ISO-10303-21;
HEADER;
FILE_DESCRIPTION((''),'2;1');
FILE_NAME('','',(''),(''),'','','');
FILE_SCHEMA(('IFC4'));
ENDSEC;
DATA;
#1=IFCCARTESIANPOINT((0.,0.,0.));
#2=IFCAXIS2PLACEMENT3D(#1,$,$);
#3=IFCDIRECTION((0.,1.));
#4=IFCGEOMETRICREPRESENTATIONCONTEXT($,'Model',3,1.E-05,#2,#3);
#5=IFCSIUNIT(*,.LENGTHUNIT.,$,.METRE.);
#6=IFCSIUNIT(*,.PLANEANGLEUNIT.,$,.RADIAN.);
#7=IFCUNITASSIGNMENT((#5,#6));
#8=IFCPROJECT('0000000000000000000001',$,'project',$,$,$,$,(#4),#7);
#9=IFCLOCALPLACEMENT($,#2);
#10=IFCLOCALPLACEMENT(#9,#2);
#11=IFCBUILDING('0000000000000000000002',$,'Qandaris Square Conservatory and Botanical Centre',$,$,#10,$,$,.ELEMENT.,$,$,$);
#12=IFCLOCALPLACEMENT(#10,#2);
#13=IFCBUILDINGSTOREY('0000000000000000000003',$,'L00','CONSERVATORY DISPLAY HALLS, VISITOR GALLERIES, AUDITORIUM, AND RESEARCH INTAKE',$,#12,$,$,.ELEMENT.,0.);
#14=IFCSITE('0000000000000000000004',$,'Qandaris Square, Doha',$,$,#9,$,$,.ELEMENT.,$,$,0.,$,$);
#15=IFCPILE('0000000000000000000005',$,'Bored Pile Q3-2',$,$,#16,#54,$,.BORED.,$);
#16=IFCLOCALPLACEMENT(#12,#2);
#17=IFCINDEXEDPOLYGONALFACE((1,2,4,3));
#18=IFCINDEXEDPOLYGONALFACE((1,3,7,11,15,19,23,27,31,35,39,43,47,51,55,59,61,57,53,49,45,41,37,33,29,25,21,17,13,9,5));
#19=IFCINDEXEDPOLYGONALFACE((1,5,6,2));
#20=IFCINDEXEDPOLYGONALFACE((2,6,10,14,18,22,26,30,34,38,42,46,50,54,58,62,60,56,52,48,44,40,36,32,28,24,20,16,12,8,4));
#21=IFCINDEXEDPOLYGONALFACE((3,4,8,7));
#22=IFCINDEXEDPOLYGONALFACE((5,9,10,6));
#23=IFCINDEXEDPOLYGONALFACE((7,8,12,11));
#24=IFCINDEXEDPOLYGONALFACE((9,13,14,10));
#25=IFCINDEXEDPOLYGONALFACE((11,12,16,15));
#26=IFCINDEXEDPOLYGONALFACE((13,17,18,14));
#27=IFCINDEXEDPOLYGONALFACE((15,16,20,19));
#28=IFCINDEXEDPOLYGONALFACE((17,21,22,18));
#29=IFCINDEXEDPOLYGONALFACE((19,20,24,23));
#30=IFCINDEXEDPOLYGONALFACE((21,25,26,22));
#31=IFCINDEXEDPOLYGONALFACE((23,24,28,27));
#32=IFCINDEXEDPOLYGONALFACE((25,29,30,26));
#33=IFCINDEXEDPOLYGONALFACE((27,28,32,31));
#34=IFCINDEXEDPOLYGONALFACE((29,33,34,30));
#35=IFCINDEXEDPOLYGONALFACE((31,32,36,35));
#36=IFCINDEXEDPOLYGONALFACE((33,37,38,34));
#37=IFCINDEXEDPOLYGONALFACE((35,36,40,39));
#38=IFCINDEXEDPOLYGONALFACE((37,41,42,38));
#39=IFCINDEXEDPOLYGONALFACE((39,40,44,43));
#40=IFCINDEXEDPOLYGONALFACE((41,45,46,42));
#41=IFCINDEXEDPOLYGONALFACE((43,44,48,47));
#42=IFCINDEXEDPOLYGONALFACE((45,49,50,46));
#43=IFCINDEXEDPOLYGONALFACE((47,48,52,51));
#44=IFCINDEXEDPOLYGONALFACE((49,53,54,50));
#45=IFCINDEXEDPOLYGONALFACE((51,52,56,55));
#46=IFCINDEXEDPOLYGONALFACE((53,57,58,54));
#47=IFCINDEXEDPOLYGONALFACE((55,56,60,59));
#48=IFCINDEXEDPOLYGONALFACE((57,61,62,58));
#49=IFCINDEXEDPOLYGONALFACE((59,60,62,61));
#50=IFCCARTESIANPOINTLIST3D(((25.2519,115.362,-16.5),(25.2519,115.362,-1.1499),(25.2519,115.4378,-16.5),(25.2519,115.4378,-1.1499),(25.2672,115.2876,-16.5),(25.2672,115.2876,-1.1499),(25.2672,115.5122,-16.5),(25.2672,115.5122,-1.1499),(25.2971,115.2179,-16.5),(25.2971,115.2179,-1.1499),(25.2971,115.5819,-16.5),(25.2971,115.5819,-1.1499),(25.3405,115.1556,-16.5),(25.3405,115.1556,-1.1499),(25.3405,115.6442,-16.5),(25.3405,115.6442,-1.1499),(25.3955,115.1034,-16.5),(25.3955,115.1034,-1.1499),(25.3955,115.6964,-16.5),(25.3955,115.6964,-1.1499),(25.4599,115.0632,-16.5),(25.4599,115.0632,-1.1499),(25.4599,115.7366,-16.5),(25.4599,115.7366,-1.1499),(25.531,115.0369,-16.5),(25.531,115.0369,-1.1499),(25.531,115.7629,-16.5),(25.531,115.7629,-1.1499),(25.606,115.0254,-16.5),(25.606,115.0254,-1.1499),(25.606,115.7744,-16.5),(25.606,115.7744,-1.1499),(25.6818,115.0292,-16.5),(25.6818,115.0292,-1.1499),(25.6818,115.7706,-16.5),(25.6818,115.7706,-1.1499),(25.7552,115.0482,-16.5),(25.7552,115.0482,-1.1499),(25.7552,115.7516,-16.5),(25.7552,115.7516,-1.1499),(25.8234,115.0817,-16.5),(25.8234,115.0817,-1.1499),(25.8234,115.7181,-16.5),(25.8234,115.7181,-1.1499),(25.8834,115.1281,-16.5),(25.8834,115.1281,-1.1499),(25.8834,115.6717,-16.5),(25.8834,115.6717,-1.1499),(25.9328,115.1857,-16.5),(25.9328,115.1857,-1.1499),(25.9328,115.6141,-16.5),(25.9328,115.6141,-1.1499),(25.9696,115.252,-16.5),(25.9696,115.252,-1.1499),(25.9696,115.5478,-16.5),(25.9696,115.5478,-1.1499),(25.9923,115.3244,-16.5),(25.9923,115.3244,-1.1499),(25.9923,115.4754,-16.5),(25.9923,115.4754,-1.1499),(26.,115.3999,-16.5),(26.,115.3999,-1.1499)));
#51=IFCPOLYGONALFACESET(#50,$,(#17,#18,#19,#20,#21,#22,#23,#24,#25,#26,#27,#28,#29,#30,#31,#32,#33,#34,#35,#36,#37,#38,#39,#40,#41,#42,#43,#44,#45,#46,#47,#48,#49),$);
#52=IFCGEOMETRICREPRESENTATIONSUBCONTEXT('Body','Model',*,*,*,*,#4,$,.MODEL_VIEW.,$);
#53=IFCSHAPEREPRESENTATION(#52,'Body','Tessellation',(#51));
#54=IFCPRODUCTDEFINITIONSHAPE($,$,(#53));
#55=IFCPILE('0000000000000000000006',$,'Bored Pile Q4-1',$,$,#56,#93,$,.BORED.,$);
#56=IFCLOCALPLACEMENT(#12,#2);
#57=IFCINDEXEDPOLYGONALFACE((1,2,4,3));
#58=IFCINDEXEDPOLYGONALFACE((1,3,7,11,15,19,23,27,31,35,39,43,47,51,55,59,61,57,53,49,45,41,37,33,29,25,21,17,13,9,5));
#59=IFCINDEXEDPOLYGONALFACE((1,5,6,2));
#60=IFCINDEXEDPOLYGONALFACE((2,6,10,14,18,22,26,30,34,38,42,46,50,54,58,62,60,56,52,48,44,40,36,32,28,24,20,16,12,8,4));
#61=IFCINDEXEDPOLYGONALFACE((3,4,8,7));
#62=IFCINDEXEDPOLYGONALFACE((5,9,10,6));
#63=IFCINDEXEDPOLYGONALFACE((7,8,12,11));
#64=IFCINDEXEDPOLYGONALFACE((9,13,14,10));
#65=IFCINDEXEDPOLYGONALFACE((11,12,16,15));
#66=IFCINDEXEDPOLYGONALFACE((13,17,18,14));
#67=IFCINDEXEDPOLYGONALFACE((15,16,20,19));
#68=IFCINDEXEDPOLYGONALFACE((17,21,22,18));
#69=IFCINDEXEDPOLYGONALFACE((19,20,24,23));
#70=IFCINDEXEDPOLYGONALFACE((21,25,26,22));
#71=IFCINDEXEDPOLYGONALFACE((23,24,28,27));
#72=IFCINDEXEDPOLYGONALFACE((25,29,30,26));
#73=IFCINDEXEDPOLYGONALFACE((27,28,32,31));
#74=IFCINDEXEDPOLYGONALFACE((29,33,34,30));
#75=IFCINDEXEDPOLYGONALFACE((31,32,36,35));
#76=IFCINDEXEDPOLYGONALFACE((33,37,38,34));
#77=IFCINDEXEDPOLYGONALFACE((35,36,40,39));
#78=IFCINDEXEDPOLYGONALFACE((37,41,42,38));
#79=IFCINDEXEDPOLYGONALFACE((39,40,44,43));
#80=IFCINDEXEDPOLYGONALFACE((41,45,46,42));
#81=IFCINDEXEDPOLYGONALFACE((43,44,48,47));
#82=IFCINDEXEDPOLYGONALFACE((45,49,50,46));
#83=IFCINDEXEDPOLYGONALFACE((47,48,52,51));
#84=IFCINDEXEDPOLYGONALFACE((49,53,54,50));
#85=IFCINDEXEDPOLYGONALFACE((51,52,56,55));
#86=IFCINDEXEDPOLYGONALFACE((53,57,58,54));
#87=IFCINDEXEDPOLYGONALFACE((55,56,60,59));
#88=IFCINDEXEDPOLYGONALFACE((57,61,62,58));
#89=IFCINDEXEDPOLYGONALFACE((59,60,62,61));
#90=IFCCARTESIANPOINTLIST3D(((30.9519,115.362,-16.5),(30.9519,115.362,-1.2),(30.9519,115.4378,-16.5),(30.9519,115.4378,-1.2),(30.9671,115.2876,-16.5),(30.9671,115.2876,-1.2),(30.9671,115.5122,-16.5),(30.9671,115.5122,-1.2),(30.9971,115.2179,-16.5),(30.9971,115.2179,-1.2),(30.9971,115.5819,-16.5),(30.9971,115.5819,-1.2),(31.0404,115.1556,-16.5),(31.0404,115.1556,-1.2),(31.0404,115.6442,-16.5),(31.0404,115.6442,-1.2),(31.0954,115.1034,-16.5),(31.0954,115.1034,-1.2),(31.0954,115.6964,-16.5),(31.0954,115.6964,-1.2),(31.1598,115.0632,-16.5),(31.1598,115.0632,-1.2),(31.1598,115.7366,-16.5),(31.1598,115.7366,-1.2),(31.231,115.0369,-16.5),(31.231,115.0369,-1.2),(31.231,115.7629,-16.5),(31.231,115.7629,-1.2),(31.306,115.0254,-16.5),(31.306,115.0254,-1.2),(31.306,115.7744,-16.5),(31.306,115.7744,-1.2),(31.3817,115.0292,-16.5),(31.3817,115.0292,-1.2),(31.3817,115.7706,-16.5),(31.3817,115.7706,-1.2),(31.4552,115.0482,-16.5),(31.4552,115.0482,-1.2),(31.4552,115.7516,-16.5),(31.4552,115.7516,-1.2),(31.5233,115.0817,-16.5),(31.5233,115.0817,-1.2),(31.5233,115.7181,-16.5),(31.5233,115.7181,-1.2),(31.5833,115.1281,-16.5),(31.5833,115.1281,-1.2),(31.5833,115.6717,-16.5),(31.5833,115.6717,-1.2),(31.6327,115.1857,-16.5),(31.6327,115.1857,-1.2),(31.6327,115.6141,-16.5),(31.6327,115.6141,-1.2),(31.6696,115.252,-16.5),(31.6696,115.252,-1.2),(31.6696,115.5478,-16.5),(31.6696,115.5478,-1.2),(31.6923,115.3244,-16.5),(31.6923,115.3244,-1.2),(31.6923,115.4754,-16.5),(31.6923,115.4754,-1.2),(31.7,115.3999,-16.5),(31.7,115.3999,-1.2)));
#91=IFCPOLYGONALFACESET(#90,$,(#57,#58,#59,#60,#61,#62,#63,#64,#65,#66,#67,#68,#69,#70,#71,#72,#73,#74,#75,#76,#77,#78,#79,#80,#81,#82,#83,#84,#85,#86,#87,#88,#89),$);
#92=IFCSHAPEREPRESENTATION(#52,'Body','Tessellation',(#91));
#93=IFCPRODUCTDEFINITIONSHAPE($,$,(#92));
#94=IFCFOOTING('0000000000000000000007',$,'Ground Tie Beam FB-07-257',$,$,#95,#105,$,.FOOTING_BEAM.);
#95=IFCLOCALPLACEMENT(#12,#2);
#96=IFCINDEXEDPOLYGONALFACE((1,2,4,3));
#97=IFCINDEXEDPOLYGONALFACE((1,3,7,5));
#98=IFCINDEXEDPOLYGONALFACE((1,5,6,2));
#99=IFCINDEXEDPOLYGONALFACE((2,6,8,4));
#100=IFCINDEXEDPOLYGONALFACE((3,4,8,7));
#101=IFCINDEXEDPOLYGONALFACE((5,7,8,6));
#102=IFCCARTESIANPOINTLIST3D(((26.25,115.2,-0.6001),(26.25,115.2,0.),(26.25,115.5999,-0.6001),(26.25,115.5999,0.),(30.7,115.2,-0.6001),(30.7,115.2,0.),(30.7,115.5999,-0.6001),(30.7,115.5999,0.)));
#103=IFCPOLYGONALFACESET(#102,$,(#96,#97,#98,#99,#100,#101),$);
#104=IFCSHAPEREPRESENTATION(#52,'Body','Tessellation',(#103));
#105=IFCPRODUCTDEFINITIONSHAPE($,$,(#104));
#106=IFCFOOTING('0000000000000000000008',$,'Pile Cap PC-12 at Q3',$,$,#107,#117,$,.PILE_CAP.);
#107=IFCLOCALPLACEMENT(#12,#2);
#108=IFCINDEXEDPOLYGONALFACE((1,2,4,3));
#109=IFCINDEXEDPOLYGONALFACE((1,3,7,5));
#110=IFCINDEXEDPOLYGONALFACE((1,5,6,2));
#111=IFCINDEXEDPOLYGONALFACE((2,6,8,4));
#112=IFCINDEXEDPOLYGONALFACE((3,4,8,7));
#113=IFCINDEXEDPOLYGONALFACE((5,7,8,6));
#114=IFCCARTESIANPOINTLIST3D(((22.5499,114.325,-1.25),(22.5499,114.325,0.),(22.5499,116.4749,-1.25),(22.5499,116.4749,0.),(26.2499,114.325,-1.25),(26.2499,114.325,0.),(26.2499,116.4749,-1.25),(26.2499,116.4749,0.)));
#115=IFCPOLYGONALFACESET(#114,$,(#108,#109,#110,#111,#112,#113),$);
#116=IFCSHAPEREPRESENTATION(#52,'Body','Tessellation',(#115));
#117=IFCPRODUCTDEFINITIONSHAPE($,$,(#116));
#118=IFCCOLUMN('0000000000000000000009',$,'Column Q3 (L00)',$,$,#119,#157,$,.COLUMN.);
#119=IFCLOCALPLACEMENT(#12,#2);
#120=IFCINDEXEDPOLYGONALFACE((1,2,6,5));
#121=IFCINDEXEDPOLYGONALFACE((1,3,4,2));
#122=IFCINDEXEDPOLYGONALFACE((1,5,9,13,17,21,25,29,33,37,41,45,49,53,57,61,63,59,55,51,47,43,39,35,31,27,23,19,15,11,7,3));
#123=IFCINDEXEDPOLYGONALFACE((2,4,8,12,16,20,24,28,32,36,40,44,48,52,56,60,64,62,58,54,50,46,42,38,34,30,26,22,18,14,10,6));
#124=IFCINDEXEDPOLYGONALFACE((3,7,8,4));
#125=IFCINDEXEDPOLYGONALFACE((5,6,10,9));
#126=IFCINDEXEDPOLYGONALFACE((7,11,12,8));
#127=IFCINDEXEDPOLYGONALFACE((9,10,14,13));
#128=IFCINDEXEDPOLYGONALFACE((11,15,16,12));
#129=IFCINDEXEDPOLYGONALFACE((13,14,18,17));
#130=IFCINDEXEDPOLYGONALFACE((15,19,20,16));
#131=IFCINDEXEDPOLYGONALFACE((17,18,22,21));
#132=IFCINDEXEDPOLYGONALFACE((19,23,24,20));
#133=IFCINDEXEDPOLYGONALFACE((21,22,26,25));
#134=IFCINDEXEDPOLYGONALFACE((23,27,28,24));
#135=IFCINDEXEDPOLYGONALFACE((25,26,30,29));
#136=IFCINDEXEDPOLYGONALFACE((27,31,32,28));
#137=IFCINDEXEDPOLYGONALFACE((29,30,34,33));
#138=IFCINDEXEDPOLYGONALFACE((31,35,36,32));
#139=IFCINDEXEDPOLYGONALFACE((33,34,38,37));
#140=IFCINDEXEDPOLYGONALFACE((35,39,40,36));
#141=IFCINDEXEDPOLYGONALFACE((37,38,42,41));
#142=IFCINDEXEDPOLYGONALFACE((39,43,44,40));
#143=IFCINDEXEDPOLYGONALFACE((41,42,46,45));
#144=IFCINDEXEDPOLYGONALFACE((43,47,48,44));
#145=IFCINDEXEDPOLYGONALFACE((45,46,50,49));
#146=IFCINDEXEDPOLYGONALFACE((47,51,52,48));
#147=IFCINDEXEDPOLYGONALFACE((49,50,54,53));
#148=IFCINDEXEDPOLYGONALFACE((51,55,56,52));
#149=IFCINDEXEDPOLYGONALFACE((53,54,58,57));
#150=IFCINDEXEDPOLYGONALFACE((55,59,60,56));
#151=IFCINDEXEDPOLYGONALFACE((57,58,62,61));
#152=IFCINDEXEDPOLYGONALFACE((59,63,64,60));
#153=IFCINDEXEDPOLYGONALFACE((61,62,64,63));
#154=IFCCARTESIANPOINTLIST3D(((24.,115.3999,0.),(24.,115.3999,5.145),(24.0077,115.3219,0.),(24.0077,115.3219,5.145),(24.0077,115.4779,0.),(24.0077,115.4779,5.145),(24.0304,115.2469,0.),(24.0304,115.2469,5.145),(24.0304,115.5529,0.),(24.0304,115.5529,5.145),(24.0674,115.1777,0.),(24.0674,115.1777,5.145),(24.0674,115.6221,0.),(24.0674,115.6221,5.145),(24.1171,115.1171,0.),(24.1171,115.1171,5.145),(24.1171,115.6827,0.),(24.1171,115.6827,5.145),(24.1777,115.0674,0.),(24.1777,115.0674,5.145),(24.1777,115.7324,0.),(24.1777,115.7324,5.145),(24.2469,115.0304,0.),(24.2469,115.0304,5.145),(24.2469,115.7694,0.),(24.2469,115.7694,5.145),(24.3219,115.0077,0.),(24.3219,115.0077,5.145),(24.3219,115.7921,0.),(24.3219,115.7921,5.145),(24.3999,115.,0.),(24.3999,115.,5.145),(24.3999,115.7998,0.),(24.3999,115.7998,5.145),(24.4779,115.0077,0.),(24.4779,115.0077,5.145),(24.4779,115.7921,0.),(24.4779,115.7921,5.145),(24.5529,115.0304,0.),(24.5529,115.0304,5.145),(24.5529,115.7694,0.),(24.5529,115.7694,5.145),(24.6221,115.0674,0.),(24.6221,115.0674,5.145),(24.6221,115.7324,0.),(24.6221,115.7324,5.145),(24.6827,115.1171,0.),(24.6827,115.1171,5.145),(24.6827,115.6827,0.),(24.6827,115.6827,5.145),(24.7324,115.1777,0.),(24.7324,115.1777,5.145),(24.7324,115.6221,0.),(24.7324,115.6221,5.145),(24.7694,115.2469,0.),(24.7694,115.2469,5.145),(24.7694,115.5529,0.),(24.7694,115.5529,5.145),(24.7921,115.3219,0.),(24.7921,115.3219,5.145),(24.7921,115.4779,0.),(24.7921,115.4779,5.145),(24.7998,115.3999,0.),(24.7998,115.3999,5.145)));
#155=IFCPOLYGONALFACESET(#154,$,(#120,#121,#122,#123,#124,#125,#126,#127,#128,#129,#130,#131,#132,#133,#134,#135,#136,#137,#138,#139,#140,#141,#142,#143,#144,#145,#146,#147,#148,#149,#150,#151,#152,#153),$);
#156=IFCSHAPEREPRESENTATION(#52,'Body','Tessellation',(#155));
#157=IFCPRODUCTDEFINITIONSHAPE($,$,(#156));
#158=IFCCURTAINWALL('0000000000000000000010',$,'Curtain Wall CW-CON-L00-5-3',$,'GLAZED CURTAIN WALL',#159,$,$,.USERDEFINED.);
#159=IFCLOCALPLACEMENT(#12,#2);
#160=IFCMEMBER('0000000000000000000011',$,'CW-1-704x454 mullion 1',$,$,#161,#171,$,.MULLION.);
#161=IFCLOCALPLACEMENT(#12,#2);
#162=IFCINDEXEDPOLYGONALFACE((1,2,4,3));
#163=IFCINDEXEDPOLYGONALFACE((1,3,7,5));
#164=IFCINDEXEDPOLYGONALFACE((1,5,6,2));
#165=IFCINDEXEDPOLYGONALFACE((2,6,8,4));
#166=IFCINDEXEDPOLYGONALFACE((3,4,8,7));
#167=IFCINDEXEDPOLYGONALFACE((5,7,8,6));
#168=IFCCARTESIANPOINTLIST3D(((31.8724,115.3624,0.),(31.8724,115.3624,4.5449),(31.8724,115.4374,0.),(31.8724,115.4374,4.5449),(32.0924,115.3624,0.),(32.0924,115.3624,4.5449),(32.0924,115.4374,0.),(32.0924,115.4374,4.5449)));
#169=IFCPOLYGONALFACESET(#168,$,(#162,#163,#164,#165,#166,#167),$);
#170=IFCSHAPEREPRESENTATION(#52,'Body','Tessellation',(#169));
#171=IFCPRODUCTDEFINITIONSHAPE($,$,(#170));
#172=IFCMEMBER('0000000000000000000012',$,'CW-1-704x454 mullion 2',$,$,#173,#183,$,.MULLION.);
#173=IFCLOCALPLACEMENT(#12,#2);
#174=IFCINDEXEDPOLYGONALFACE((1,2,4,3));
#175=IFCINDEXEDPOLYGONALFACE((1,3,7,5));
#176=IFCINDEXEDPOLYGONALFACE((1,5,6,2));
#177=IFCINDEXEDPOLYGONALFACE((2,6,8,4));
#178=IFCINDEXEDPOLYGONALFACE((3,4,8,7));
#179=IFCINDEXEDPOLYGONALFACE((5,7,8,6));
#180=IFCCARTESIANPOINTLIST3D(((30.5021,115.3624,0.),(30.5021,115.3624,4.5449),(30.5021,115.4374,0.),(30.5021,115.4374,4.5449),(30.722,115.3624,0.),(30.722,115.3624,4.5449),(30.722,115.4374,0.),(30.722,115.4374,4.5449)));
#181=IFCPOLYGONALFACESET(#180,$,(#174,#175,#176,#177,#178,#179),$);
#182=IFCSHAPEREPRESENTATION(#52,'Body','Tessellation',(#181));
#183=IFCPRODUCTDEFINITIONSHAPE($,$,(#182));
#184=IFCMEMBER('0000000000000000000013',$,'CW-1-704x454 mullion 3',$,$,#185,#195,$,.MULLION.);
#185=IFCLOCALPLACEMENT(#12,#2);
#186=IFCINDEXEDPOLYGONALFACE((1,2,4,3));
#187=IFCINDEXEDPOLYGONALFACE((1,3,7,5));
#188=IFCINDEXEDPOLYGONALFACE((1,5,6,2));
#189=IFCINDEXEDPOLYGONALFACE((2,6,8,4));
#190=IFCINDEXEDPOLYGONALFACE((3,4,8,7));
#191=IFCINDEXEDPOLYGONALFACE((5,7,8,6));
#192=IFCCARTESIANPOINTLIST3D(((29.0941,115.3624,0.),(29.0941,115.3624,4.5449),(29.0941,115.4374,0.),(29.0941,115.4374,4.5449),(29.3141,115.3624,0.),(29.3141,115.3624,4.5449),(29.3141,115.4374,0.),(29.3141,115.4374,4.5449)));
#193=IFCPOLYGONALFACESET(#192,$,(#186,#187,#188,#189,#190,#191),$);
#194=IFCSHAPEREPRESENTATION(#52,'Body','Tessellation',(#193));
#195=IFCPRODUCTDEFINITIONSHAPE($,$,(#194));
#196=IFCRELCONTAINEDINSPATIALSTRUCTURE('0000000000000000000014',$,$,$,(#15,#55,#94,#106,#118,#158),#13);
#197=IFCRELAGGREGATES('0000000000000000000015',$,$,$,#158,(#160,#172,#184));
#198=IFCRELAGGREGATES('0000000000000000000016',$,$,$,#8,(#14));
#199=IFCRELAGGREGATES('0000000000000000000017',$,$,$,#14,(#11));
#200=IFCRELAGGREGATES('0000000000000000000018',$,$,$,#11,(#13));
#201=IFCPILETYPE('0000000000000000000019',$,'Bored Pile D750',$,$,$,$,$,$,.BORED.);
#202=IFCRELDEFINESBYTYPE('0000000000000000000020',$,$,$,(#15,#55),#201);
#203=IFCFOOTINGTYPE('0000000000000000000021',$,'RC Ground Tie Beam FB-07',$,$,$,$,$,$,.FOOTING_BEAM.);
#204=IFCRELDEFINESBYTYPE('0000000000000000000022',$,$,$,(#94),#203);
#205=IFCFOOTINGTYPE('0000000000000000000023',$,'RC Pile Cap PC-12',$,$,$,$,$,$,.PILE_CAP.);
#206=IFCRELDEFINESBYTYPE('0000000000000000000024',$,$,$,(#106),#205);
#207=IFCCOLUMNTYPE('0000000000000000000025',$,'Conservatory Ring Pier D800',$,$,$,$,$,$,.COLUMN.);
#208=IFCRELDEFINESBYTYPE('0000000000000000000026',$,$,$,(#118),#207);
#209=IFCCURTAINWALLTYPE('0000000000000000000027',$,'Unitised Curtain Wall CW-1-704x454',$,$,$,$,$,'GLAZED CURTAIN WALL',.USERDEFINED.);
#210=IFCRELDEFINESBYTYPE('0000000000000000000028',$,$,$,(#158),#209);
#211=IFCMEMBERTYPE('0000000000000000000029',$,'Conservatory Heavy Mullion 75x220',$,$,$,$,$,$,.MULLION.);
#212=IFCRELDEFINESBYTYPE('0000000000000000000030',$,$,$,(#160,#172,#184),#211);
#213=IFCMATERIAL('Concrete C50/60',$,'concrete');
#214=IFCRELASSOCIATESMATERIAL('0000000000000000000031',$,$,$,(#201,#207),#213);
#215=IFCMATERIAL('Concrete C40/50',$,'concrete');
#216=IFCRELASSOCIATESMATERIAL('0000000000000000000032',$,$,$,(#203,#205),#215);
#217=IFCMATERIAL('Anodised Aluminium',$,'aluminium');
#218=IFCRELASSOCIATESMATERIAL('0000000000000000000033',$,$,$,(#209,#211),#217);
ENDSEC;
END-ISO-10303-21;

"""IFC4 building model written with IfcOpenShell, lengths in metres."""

from ifc_helpers import new_model, si_unit, direction, frame, origin, origin_2d, place, context, subcontext, project, spatial, rectangle, circle, extrude, material, material_profile, profile_set, type_object, element, aggregate, save


model = new_model("IFC4")

# Units and contexts
model_context = context("Model", 3, precision=1e-05, world=origin(), true_north=direction((0.0, 1.0)))
body_context = subcontext(model_context, "Body", "Model", "MODEL_VIEW")
ifc_project = project(units=[si_unit("LENGTHUNIT", "METRE"), si_unit("PLANEANGLEUNIT", "RADIAN")], contexts=[model_context])

# Site, building, storey
site_placement = place(None, origin())
site = spatial("IfcSite", under=ifc_project, at=site_placement, Name="Qandaris Square, Doha", CompositionType="ELEMENT", RefElevation=0.0)
building_placement = place(site_placement, origin())
building = spatial("IfcBuilding", under=site, at=building_placement, Name="Qandaris Square Conservatory and Botanical Centre", CompositionType="ELEMENT")
storey_placement = place(building_placement, origin())
storey = spatial("IfcBuildingStorey", under=building, at=storey_placement, Name="L00", Description="CONSERVATORY DISPLAY HALLS, VISITOR GALLERIES, AUDITORIUM, AND RESEARCH INTAKE", CompositionType="ELEMENT", Elevation=0.0)

# Piles
ifc_material_1 = material(Name="Concrete C50/60", Category="concrete")
ifc_material_profile_1 = material_profile(ifc_material_1, circle(Radius=0.375, at=origin_2d()), Name="PILE D750")
ifc_profile_set_1 = profile_set([ifc_material_profile_1], Name="Concrete C50/60")
pile_type = type_object("IfcPileType", Name="Bored Pile D750", PredefinedType="BORED", material=ifc_profile_set_1)
pile_1_placement = place(storey_placement, frame((25.625, 115.3999, -1.1499), z_axis=(0.0, 0.0, -1.0), x_axis=(1.0, 0.0, 0.0)))
element("IfcPile", 1, at=pile_1_placement, inside=storey, type_object=pile_type, Name="Bored Pile Q3-2", PredefinedType="BORED", context=body_context, shape_type="SweptSolid", body=[
    extrude(circle(Radius=0.375, at=origin_2d()), origin(), (0.0, 0.0, 1.0), 15.3501),
])
pile_2_placement = place(storey_placement, frame((31.325, 115.3999, -1.2), z_axis=(0.0, 0.0, -1.0), x_axis=(1.0, 0.0, 0.0)))
element("IfcPile", 2, at=pile_2_placement, inside=storey, type_object=pile_type, Name="Bored Pile Q4-1", PredefinedType="BORED", context=body_context, shape_type="SweptSolid", body=[
    extrude(circle(Radius=0.375, at=origin_2d()), origin(), (0.0, 0.0, 1.0), 15.3),
])

# Footings
ifc_material_2 = material(Name="Concrete C40/50", Category="concrete")
ifc_material_profile_2 = material_profile(ifc_material_2, rectangle(XDim=0.3999, YDim=0.6001, at=origin_2d()), Name="FB 400x600")
ifc_profile_set_2 = profile_set([ifc_material_profile_2], Name="Concrete C40/50")
footing_type_1 = type_object("IfcFootingType", Name="RC Ground Tie Beam FB-07", PredefinedType="FOOTING_BEAM", material=ifc_profile_set_2)
footing_1_placement = place(storey_placement, frame((26.25, 115.3999, -0.3), z_axis=(1.0, 0.0, 0.0), x_axis=(0.0, 1.0, 0.0)))
element("IfcFooting", 3, at=footing_1_placement, inside=storey, type_object=footing_type_1, Name="Ground Tie Beam FB-07-257", PredefinedType="FOOTING_BEAM", context=body_context, shape_type="SweptSolid", body=[
    extrude(rectangle(XDim=0.3999, YDim=0.6001, at=origin_2d()), origin(), (0.0, 0.0, 1.0), 4.45),
])
footing_type_2 = type_object("IfcFootingType", Name="RC Pile Cap PC-12", PredefinedType="PILE_CAP", material=ifc_material_2)
footing_2_placement = place(storey_placement, frame((24.3999, 115.3999, -1.25), z_axis=(0.0, 0.0, 1.0), x_axis=(1.0, 0.0, 0.0)))
element("IfcFooting", 4, at=footing_2_placement, inside=storey, type_object=footing_type_2, Name="Pile Cap PC-12 at Q3", PredefinedType="PILE_CAP", context=body_context, shape_type="SweptSolid", body=[
    extrude(rectangle(XDim=3.7, YDim=2.1499, at=origin_2d()), origin(), (0.0, 0.0, 1.0), 1.25),
])

# Column
ifc_material_profile_3 = material_profile(ifc_material_1, circle(Radius=0.3999, at=origin_2d()), Name="RC-COL D800")
ifc_profile_set_3 = profile_set([ifc_material_profile_3], Name="Concrete C50/60")
column_type = type_object("IfcColumnType", Name="Conservatory Ring Pier D800", PredefinedType="COLUMN", material=ifc_profile_set_3)
column_placement = place(storey_placement, frame((24.3999, 115.3999, 0.0), z_axis=(0.0, 0.0, 1.0), x_axis=(1.0, 0.0, 0.0)))
element("IfcColumn", 5, at=column_placement, inside=storey, type_object=column_type, Name="Column Q3 (L00)", PredefinedType="COLUMN", context=body_context, shape_type="SweptSolid", body=[
    extrude(circle(Radius=0.3999, at=origin_2d()), origin(), (0.0, 0.0, 1.0), 5.145),
])

# Curtain wall, members
ifc_material_3 = material(Name="Anodised Aluminium", Category="aluminium")
curtain_wall_type_1 = type_object("IfcCurtainWallType", Name="Unitised Curtain Wall CW-1-704x454", ElementType="GLAZED CURTAIN WALL", PredefinedType="USERDEFINED", material=ifc_material_3)
curtain_wall_1_placement = place(storey_placement, origin())
curtain_wall_1 = element("IfcCurtainWall", 6, at=curtain_wall_1_placement, inside=storey, type_object=curtain_wall_type_1, Name="Curtain Wall CW-CON-L00-5-3", ObjectType="GLAZED CURTAIN WALL", PredefinedType="USERDEFINED")
ifc_material_profile_4 = material_profile(ifc_material_3, rectangle(XDim=0.075, YDim=0.22, at=origin_2d()), Name="ALU-MUL 75x220")
ifc_profile_set_4 = profile_set([ifc_material_profile_4], Name="Anodised Aluminium")
member_type_1 = type_object("IfcMemberType", Name="Conservatory Heavy Mullion 75x220", PredefinedType="MULLION", material=ifc_profile_set_4)
member_1_placement = place(storey_placement, frame((31.9824, 115.3999, 0.0), z_axis=(0.0, 0.0, 1.0), x_axis=(0.0, -1.0, 0.0)))
member_1 = element("IfcMember", 7, at=member_1_placement, type_object=member_type_1, Name="CW-1-704x454 mullion 1", PredefinedType="MULLION", context=body_context, shape_type="SweptSolid", body=[
    extrude(rectangle(XDim=0.075, YDim=0.22, at=origin_2d()), origin(), (0.0, 0.0, 1.0), 4.5449),
])
member_2_placement = place(storey_placement, frame((30.6121, 115.3999, 0.0), z_axis=(0.0, 0.0, 1.0), x_axis=(0.0, -1.0, 0.0)))
member_2 = element("IfcMember", 8, at=member_2_placement, type_object=member_type_1, Name="CW-1-704x454 mullion 2", PredefinedType="MULLION", context=body_context, shape_type="SweptSolid", body=[
    extrude(rectangle(XDim=0.075, YDim=0.22, at=origin_2d()), origin(), (0.0, 0.0, 1.0), 4.5449),
])
member_3_placement = place(storey_placement, frame((29.2041, 115.3999, 0.0), z_axis=(0.0, 0.0, 1.0), x_axis=(0.0, -1.0, 0.0)))
member_3 = element("IfcMember", 9, at=member_3_placement, type_object=member_type_1, Name="CW-1-704x454 mullion 3", PredefinedType="MULLION", context=body_context, shape_type="SweptSolid", body=[
    extrude(rectangle(XDim=0.075, YDim=0.22, at=origin_2d()), origin(), (0.0, 0.0, 1.0), 4.5449),
])

aggregate(curtain_wall_1, [member_1, member_2, member_3])

save(model, "model.ifc")
